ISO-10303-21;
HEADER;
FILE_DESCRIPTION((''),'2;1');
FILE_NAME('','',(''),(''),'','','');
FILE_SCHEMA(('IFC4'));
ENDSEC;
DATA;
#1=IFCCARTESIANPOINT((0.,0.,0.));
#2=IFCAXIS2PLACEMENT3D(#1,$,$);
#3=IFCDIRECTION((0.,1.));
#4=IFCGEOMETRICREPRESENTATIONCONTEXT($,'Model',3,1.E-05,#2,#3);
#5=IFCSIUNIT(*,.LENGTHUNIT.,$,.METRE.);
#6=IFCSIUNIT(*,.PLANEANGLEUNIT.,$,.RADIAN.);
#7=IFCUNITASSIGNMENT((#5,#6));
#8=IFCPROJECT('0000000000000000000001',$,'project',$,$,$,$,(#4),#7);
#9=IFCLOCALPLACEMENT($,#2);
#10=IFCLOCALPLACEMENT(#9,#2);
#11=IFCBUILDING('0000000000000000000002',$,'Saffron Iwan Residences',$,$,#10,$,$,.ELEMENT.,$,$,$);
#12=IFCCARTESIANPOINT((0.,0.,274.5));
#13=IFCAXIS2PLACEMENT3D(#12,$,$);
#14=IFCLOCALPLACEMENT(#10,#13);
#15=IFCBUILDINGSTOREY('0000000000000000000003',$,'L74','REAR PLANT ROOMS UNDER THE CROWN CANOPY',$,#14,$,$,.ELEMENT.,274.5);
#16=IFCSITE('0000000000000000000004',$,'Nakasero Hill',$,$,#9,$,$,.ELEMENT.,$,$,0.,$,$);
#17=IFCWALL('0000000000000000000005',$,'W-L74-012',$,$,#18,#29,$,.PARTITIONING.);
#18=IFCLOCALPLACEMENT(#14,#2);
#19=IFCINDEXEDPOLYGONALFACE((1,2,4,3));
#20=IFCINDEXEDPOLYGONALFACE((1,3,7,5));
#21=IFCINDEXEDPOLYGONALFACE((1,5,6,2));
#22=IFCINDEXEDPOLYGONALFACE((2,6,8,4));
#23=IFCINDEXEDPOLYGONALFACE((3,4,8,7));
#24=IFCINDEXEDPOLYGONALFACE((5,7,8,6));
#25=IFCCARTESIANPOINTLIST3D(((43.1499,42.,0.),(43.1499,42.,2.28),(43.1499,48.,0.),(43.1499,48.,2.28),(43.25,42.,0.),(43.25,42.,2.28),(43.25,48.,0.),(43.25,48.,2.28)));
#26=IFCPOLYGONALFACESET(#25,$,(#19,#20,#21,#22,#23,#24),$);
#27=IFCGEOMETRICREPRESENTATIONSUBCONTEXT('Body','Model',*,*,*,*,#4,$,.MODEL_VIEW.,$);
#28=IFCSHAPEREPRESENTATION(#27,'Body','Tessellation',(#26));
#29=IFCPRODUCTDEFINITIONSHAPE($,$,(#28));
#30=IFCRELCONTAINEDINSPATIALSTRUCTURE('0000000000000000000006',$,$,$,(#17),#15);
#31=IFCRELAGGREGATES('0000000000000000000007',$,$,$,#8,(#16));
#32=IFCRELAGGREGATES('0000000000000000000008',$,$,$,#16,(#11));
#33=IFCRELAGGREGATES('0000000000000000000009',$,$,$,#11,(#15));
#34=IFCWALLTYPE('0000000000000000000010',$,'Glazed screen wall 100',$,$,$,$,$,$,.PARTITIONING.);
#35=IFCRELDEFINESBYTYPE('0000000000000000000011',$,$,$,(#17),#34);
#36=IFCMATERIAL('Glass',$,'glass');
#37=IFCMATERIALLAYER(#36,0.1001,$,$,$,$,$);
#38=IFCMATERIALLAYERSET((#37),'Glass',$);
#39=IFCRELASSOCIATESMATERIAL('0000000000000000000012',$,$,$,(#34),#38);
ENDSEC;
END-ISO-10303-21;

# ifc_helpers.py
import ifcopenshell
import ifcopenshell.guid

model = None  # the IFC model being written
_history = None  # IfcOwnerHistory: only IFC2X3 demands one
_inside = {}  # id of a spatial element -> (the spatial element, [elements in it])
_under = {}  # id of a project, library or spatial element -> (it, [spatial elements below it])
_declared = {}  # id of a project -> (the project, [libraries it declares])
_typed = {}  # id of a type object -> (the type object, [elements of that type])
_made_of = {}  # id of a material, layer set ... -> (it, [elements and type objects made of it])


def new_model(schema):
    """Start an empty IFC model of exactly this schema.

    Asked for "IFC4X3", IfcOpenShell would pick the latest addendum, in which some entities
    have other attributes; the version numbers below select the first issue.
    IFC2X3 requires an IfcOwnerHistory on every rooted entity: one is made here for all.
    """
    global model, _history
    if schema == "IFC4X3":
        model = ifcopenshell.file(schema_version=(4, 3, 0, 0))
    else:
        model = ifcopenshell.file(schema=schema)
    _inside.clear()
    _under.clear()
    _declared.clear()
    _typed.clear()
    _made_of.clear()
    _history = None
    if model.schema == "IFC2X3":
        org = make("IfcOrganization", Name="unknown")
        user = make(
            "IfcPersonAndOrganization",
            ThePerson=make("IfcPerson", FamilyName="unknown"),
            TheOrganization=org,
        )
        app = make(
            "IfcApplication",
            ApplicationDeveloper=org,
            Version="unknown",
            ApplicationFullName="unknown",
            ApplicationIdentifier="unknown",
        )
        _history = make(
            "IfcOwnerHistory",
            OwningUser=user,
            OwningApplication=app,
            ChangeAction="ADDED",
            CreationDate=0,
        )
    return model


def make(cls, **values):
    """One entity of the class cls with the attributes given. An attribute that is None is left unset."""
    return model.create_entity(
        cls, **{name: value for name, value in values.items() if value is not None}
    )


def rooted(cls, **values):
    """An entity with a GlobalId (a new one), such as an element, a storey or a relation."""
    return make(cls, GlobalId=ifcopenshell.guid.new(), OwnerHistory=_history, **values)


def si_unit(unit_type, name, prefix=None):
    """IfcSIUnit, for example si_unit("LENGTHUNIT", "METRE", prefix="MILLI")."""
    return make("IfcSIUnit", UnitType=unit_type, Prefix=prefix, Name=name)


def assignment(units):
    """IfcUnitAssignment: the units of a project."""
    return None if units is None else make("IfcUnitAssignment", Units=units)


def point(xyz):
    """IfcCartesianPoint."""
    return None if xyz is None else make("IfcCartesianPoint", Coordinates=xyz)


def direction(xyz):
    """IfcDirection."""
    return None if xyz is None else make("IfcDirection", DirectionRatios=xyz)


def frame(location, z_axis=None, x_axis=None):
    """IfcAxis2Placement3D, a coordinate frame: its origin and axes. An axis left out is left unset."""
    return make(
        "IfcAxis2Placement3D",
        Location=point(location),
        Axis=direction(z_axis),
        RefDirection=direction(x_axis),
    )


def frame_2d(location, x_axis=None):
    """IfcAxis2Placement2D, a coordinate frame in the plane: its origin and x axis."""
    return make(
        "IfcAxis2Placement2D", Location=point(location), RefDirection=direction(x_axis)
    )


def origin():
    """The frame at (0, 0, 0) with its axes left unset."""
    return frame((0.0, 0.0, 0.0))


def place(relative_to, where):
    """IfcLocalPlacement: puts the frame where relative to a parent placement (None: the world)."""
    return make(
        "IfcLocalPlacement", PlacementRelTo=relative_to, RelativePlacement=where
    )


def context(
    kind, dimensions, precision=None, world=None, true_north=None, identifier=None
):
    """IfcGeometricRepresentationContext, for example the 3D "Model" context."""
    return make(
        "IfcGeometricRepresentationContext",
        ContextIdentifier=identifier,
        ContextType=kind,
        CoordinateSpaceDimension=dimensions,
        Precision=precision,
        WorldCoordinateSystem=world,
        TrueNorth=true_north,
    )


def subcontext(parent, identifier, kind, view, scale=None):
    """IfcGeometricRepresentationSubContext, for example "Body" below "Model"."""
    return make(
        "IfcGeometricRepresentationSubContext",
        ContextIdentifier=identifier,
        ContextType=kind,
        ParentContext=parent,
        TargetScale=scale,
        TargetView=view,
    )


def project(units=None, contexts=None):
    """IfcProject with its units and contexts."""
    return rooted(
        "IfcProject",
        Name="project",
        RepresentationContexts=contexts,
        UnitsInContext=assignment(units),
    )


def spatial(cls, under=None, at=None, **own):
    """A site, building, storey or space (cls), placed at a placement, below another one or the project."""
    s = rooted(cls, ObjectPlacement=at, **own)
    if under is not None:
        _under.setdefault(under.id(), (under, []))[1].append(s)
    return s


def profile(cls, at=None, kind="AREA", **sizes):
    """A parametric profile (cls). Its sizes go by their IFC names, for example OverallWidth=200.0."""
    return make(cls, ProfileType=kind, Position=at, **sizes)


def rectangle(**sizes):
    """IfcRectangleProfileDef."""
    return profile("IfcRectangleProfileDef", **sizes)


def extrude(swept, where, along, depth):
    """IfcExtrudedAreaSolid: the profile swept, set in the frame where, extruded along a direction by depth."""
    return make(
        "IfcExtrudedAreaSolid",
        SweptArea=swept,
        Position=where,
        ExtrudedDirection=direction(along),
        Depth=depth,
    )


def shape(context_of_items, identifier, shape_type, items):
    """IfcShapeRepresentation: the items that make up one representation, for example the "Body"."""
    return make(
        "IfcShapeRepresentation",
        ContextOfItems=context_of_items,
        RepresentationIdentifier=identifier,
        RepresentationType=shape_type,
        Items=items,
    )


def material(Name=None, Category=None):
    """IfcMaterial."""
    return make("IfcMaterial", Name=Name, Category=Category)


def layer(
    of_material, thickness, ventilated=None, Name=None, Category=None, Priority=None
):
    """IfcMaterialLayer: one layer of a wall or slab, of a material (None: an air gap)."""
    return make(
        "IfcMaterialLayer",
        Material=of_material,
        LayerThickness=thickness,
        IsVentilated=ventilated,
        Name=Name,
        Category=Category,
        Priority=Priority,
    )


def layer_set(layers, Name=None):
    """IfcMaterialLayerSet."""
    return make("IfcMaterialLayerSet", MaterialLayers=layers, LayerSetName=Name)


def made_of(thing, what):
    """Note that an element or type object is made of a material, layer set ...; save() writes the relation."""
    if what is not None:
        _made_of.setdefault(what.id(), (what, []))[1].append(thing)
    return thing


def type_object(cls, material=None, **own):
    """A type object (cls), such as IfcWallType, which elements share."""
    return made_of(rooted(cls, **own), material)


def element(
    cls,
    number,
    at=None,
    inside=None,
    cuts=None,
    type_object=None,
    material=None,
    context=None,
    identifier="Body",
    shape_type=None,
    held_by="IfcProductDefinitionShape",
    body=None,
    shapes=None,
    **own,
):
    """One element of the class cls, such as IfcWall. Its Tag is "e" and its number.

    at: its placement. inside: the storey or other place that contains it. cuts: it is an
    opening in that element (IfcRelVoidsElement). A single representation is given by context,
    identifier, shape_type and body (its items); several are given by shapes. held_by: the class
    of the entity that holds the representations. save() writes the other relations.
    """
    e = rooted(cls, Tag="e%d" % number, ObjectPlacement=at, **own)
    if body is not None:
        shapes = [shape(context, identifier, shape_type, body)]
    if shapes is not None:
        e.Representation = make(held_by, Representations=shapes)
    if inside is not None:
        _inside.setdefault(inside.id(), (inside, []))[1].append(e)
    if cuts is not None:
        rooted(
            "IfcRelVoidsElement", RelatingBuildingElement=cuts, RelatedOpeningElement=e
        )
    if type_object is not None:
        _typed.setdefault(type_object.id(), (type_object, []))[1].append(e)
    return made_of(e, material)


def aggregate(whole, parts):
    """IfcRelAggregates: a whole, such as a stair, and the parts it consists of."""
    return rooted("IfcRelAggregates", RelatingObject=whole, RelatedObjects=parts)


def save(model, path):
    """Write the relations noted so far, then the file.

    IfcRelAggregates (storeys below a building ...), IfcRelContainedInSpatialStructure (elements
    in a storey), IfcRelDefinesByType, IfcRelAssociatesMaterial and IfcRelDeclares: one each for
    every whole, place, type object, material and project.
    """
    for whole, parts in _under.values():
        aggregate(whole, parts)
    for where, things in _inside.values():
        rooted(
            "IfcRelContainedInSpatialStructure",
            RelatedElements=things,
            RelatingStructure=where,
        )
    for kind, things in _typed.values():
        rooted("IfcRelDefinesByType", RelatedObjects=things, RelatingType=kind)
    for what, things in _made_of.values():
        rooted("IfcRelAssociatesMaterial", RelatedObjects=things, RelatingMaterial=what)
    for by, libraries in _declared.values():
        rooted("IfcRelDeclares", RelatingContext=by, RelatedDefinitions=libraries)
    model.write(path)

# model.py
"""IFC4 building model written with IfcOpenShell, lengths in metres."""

from ifc_helpers import new_model, si_unit, direction, frame, frame_2d, origin, place, context, subcontext, project, spatial, rectangle, extrude, material, layer, layer_set, type_object, element, save


model = new_model("IFC4")

# Units and contexts
model_context = context("Model", 3, precision=1e-05, world=origin(), true_north=direction((0.0, 1.0)))
body_context = subcontext(model_context, "Body", "Model", "MODEL_VIEW")
ifc_project = project(units=[si_unit("LENGTHUNIT", "METRE"), si_unit("PLANEANGLEUNIT", "RADIAN")], contexts=[model_context])

# Site, building, storey
site_placement = place(None, origin())
site = spatial("IfcSite", under=ifc_project, at=site_placement, Name="Nakasero Hill", CompositionType="ELEMENT", RefElevation=0.0)
building_placement = place(site_placement, origin())
building = spatial("IfcBuilding", under=site, at=building_placement, Name="Saffron Iwan Residences", CompositionType="ELEMENT")
storey_placement = place(building_placement, frame((0.0, 0.0, 274.5)))
storey = spatial("IfcBuildingStorey", under=building, at=storey_placement, Name="L74", Description="REAR PLANT ROOMS UNDER THE CROWN CANOPY", CompositionType="ELEMENT", Elevation=274.5)

# Wall
ifc_material_1 = material(Name="Glass", Category="glass")
ifc_layer_1 = layer(ifc_material_1, 0.1001)
ifc_layer_set_1 = layer_set([ifc_layer_1], Name="Glass")
wall_type_1 = type_object("IfcWallType", Name="Glazed screen wall 100", PredefinedType="PARTITIONING", material=ifc_layer_set_1)
wall_1_placement = place(storey_placement, frame((43.2, 42.0, 0.0), z_axis=(0.0, 0.0, 1.0), x_axis=(0.0, 1.0, 0.0)))
element("IfcWall", 1, at=wall_1_placement, inside=storey, type_object=wall_type_1, Name="W-L74-012", PredefinedType="PARTITIONING", context=body_context, shape_type="SweptSolid", body=[
    extrude(rectangle(XDim=6.0, YDim=0.1001, at=frame_2d((3.0, 0.0))), origin(), (0.0, 0.0, 1.0), 2.28),
])

save(model, "model.ifc")
